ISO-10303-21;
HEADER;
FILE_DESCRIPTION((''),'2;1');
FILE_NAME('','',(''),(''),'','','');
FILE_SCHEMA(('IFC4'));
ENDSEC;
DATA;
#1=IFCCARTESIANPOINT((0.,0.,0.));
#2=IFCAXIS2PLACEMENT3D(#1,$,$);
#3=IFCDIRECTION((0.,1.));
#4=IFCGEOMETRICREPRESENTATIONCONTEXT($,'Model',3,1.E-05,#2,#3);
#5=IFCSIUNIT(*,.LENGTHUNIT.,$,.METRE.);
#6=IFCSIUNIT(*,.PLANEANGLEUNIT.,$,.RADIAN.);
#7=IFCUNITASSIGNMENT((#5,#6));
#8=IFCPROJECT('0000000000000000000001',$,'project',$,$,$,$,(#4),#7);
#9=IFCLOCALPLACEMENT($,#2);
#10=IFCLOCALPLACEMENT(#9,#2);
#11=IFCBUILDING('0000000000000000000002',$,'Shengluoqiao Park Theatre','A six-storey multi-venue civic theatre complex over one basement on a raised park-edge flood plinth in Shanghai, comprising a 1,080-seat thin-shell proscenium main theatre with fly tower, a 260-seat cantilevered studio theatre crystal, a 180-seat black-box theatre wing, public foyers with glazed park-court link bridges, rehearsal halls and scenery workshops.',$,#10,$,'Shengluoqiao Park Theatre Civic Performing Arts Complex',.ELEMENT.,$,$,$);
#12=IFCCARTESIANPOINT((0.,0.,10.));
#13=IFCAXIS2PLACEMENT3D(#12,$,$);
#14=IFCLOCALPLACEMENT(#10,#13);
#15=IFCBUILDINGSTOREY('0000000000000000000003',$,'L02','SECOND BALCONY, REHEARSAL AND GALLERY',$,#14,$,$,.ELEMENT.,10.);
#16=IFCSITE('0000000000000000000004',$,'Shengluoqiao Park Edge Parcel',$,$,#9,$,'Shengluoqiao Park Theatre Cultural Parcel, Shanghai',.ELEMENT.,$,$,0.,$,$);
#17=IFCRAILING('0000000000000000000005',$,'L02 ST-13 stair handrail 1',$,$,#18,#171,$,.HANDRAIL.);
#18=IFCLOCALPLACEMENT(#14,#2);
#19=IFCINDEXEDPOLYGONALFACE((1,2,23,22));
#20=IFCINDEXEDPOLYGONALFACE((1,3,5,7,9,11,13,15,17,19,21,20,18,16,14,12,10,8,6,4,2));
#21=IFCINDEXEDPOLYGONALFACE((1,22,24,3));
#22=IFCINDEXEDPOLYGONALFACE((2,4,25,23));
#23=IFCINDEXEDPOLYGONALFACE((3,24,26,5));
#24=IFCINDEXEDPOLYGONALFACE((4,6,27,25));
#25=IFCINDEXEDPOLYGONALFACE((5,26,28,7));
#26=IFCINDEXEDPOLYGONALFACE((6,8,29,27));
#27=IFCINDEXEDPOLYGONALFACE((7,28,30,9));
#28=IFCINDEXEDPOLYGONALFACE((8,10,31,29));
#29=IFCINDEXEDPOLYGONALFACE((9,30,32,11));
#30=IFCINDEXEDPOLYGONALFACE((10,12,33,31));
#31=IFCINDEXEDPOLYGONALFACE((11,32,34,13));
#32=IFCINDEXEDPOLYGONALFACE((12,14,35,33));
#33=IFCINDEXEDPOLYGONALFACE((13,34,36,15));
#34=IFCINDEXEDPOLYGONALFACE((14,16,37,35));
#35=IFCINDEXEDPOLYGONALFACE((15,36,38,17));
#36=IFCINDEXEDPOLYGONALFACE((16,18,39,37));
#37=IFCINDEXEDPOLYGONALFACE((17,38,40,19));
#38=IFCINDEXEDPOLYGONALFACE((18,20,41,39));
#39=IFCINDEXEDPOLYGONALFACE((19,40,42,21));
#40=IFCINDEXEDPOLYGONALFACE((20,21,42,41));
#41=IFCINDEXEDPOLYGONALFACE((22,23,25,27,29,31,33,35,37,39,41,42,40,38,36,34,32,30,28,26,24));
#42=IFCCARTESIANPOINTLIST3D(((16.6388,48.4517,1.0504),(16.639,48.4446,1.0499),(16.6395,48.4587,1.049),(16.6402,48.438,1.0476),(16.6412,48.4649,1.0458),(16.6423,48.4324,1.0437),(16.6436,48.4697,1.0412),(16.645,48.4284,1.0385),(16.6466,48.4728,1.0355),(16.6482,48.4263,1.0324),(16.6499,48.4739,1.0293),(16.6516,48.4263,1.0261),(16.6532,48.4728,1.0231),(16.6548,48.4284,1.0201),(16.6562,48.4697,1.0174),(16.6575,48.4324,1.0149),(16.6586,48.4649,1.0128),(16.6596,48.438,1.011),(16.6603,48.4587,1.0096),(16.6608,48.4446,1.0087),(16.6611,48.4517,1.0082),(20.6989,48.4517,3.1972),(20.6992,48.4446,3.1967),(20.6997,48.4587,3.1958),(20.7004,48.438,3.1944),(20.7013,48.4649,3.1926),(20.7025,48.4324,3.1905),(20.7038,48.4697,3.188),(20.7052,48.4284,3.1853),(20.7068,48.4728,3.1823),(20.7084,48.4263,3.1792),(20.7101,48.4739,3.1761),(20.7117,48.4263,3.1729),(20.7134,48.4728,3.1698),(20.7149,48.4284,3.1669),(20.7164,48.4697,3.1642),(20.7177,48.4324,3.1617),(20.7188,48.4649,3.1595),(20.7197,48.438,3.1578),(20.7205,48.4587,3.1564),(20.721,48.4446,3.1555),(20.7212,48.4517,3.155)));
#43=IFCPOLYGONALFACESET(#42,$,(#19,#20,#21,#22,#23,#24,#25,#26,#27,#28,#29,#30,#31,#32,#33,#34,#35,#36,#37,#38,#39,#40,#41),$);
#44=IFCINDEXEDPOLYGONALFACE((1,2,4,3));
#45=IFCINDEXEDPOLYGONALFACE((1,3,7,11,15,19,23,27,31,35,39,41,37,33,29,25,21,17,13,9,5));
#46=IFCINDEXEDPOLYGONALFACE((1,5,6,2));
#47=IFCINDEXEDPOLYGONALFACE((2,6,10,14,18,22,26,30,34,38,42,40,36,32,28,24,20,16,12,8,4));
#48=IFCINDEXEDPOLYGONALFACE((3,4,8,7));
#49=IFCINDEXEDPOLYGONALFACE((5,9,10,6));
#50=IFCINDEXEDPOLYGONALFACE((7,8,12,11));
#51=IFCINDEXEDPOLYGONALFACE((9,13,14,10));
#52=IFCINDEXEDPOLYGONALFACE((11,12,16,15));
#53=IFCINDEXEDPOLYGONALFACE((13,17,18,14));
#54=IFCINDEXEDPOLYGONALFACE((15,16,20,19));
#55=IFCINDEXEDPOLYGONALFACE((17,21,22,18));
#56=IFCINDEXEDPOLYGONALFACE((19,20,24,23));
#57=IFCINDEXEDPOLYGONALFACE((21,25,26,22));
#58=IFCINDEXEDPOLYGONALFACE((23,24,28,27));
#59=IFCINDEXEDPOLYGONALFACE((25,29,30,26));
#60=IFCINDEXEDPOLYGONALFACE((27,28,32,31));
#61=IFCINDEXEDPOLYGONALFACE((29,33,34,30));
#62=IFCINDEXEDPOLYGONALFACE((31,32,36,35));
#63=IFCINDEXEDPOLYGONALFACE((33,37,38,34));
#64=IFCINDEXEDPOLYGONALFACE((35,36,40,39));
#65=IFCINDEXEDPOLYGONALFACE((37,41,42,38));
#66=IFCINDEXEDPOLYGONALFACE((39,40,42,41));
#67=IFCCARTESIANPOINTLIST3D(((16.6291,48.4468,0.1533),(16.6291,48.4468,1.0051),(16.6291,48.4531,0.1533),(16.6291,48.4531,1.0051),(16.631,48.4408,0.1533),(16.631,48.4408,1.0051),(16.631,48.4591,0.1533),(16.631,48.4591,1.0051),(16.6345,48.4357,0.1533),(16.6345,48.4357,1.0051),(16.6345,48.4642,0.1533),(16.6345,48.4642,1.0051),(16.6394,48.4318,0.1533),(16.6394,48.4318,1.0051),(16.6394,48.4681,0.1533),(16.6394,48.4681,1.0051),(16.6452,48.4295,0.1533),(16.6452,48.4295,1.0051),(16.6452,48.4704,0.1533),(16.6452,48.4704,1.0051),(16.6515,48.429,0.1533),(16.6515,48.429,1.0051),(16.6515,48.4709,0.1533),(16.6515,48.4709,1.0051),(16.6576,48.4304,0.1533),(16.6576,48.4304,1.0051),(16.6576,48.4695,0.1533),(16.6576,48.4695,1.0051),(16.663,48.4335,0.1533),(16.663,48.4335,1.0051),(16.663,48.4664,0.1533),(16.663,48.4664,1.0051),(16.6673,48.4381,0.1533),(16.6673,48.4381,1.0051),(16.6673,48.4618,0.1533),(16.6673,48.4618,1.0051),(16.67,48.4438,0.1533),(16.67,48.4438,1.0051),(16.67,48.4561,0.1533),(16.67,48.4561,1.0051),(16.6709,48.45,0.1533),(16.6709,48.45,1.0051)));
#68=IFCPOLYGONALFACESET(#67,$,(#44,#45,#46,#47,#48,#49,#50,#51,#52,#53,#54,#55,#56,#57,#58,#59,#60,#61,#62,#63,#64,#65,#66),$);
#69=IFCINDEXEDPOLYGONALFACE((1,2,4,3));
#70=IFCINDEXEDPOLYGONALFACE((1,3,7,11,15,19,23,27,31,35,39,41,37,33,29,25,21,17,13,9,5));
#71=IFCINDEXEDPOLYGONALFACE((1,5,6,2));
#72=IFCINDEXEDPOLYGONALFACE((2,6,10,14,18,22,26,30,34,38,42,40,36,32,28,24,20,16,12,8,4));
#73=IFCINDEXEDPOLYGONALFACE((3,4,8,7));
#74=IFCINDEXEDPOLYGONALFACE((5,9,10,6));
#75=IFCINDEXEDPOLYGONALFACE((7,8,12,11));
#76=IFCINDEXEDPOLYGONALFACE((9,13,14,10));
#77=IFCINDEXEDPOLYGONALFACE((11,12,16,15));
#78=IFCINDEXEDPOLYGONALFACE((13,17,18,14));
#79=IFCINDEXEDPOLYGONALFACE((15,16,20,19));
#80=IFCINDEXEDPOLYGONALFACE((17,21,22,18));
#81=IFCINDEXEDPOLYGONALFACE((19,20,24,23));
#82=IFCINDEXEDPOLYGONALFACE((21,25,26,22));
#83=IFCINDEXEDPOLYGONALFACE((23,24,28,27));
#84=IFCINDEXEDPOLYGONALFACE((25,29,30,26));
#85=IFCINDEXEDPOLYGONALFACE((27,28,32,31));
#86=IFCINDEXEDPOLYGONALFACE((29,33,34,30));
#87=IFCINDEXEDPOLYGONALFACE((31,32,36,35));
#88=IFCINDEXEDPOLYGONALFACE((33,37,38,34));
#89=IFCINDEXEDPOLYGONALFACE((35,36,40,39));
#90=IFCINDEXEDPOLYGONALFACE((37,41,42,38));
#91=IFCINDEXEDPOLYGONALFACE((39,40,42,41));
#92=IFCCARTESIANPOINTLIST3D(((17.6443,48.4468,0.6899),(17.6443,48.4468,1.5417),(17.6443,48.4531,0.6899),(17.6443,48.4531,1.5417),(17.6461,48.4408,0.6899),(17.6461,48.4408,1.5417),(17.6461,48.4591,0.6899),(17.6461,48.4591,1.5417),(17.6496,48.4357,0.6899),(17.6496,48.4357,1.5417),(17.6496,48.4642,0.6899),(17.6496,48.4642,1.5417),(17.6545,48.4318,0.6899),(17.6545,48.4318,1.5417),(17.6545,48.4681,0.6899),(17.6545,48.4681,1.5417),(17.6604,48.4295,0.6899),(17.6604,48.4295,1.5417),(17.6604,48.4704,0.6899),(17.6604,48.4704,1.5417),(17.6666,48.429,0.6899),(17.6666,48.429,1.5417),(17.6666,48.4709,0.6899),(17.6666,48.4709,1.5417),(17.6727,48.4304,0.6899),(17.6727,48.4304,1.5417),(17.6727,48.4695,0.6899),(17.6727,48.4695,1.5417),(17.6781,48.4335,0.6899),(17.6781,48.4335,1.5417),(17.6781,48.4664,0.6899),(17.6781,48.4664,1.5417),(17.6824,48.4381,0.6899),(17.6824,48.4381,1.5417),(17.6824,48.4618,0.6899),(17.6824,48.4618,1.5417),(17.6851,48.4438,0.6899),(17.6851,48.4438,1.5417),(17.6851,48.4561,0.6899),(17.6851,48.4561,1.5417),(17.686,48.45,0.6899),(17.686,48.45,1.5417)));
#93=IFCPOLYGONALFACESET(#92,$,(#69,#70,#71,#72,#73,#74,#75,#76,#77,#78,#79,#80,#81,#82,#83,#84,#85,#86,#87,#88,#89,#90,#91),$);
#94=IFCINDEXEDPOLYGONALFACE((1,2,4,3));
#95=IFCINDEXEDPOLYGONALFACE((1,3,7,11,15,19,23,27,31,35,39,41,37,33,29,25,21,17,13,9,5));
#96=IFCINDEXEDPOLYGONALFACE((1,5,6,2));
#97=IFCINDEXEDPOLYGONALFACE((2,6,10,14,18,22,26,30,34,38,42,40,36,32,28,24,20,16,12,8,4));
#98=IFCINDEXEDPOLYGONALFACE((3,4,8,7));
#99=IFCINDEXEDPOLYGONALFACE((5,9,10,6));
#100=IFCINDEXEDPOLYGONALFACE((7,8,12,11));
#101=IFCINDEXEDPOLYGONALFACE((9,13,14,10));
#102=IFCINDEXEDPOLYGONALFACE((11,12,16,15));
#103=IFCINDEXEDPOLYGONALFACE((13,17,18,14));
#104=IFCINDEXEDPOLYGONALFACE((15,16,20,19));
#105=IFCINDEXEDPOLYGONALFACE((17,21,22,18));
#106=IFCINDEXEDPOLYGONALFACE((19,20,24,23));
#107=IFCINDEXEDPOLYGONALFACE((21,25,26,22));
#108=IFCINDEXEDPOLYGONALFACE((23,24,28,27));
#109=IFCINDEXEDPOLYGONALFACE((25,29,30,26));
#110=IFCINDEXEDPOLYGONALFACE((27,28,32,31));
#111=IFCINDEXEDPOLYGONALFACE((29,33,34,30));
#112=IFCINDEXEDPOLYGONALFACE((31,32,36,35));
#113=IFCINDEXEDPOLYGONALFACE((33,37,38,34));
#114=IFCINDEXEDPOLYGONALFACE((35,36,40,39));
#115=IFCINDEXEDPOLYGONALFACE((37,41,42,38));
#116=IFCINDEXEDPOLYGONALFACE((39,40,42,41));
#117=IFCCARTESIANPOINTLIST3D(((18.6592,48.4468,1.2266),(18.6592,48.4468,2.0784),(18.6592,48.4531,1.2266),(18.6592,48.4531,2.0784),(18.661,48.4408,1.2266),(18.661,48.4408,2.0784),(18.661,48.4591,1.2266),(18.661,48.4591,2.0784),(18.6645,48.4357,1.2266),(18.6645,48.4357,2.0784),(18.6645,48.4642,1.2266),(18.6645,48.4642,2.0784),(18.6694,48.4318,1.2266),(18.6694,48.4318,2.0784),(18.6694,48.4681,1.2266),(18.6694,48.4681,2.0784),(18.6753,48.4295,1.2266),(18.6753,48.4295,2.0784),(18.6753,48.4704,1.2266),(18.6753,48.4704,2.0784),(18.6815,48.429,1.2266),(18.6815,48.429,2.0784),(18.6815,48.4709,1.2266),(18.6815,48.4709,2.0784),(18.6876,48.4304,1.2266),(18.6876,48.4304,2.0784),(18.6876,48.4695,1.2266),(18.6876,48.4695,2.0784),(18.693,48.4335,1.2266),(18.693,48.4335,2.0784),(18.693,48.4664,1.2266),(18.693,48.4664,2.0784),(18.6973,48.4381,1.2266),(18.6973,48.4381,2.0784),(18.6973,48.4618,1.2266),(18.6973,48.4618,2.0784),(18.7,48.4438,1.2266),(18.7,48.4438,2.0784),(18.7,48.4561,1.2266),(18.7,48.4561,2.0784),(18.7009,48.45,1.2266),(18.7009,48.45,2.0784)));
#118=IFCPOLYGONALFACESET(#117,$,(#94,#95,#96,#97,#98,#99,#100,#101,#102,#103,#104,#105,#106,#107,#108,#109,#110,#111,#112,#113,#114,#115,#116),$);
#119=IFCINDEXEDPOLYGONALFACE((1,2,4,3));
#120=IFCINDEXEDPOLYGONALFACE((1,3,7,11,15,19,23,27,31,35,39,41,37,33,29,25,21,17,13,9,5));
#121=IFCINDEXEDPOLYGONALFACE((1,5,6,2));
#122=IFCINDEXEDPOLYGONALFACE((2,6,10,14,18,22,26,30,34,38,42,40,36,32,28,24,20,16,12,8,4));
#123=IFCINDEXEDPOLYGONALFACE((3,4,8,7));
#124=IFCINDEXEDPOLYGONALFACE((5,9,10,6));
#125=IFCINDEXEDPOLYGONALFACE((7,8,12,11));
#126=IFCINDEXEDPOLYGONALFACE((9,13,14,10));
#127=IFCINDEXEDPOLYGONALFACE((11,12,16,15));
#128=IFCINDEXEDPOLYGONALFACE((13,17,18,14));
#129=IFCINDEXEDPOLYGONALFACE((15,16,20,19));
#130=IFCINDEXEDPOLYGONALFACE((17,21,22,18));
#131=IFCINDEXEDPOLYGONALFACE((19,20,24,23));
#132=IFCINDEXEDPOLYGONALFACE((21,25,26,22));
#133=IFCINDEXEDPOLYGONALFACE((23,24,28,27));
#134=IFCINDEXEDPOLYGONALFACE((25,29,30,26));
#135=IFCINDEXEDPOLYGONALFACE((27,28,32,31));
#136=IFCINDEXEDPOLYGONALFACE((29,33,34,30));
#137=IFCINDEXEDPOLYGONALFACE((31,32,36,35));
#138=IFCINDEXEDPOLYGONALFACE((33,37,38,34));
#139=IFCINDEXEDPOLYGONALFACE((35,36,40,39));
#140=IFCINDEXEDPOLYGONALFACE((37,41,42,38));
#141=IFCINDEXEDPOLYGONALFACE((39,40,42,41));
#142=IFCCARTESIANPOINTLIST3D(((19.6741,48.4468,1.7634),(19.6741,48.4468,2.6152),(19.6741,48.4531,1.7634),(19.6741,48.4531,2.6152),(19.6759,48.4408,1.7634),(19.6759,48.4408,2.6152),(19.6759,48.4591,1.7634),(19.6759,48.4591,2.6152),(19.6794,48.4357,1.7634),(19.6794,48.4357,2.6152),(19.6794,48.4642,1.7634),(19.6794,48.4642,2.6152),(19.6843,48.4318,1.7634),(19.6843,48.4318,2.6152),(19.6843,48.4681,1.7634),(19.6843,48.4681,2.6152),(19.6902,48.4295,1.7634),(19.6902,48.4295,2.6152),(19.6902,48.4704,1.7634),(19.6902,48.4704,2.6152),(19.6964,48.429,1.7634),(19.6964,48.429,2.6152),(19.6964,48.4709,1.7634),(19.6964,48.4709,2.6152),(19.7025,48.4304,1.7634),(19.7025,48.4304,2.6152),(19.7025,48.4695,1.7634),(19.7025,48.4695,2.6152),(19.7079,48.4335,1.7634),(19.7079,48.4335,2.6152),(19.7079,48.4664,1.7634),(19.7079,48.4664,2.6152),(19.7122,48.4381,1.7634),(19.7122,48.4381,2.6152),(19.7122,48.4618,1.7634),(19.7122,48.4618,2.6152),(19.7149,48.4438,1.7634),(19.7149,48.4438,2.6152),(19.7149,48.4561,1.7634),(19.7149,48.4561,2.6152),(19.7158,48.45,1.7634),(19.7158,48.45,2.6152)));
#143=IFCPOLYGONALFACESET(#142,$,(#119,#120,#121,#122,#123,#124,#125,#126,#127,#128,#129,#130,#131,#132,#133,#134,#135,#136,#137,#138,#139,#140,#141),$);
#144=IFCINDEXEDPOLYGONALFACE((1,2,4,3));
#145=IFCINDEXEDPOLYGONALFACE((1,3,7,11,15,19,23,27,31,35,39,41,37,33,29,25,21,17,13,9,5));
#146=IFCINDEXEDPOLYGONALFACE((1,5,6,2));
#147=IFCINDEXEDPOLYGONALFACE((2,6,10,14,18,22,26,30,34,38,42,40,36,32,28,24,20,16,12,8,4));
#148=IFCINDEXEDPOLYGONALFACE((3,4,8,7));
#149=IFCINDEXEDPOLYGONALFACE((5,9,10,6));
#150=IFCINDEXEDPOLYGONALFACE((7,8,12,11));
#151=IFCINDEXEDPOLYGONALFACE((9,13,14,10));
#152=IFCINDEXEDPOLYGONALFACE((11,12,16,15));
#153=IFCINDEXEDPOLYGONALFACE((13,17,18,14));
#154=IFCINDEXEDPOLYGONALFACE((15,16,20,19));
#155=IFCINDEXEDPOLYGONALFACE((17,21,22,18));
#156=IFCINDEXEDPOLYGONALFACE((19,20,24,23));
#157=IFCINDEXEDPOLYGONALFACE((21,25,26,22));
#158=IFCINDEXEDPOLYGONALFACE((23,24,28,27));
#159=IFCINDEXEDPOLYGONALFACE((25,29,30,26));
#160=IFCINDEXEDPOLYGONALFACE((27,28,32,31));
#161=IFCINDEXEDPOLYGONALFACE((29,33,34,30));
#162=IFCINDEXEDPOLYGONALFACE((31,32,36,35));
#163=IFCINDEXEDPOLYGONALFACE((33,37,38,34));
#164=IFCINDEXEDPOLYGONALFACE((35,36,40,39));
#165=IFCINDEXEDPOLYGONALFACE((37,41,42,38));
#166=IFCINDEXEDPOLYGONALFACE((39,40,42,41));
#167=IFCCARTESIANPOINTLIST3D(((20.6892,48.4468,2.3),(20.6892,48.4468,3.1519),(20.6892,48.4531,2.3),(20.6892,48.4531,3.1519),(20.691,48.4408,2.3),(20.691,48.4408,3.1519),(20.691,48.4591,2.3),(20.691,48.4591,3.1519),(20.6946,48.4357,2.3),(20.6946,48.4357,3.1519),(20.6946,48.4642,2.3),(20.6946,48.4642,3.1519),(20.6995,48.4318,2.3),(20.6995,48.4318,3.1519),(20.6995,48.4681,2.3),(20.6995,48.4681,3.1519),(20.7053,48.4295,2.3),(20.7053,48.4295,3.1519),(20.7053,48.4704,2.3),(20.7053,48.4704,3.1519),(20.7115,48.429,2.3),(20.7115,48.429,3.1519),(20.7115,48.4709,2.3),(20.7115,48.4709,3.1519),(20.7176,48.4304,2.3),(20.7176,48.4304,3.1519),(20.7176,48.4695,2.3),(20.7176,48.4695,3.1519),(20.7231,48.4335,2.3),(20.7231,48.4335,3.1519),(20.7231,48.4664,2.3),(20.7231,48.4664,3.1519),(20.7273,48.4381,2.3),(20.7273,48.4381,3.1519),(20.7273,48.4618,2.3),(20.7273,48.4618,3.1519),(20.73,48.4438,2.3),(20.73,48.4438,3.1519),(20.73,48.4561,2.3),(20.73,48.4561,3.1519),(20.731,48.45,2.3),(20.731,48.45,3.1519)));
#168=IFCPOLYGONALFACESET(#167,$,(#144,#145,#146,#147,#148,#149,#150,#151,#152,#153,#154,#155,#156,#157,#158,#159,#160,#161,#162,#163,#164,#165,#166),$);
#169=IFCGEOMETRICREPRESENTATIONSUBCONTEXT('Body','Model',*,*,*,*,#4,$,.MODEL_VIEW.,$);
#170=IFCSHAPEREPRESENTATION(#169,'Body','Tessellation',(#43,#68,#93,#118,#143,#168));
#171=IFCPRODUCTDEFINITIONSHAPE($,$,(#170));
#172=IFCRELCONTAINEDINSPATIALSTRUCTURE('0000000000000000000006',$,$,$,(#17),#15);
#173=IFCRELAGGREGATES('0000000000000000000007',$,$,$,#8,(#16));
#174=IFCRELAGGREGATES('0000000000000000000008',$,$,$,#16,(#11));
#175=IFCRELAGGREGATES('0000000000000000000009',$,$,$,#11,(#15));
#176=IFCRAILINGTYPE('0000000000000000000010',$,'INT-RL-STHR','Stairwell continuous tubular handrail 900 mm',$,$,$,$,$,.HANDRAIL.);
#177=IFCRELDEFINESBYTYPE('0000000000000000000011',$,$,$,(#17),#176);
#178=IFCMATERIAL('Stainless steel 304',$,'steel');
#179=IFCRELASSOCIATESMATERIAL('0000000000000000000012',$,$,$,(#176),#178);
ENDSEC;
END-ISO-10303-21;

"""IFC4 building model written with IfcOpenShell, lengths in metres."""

from ifc_helpers import new_model, si_unit, direction, frame, origin, origin_2d, place, context, subcontext, project, spatial, circle, extrude, material, type_object, element, save


model = new_model("IFC4")

# Units and contexts
model_context = context("Model", 3, precision=1e-05, world=origin(), true_north=direction((0.0, 1.0)))
body_context = subcontext(model_context, "Body", "Model", "MODEL_VIEW")
ifc_project = project(units=[si_unit("LENGTHUNIT", "METRE"), si_unit("PLANEANGLEUNIT", "RADIAN")], contexts=[model_context])

# Site, building, storey
site_placement = place(None, origin())
site = spatial("IfcSite", under=ifc_project, at=site_placement, Name="Shengluoqiao Park Edge Parcel", LongName="Shengluoqiao Park Theatre Cultural Parcel, Shanghai", CompositionType="ELEMENT", RefElevation=0.0)
building_placement = place(site_placement, origin())
building = spatial("IfcBuilding", under=site, at=building_placement, Name="Shengluoqiao Park Theatre", Description="A six-storey multi-venue civic theatre complex over one basement on a raised park-edge flood plinth in Shanghai, comprising a 1,080-seat thin-shell proscenium main theatre with fly tower, a 260-seat cantilevered studio theatre crystal, a 180-seat black-box theatre wing, public foyers with glazed park-court link bridges, rehearsal halls and scenery workshops.", LongName="Shengluoqiao Park Theatre Civic Performing Arts Complex", CompositionType="ELEMENT")
storey_placement = place(building_placement, frame((0.0, 0.0, 10.0)))
storey = spatial("IfcBuildingStorey", under=building, at=storey_placement, Name="L02", Description="SECOND BALCONY, REHEARSAL AND GALLERY", CompositionType="ELEMENT", Elevation=10.0)

# Railing
ifc_material_1 = material(Name="Stainless steel 304", Category="steel")
railing_type_1 = type_object("IfcRailingType", Name="INT-RL-STHR", Description="Stairwell continuous tubular handrail 900 mm", PredefinedType="HANDRAIL", material=ifc_material_1)
railing_1_placement = place(storey_placement, frame((16.6499, 48.45, 0.1533)))
element("IfcRailing", 1, at=railing_1_placement, inside=storey, type_object=railing_type_1, Name="L02 ST-13 stair handrail 1", PredefinedType="HANDRAIL", context=body_context, shape_type="SweptSolid", body=[
    extrude(circle(Radius=0.0239, at=origin_2d()), frame((0.0, 0.0, 0.876), z_axis=(0.884032, 0.0, 0.467426), x_axis=(0.0, 1.0, 0.0)), (0.0, 0.0, 1.0), 4.5928),
    extrude(circle(Radius=0.021, at=origin_2d()), origin(), (0.0, 0.0, 1.0), 0.8518),
    extrude(circle(Radius=0.021, at=origin_2d()), frame((1.0151, 0.0, 0.5366)), (0.0, 0.0, 1.0), 0.8518),
    extrude(circle(Radius=0.021, at=origin_2d()), frame((2.03, 0.0, 1.0732)), (0.0, 0.0, 1.0), 0.8518),
    extrude(circle(Radius=0.021, at=origin_2d()), frame((3.0449, 0.0, 1.6101)), (0.0, 0.0, 1.0), 0.8518),
    extrude(circle(Radius=0.021, at=origin_2d()), frame((4.0601, 0.0, 2.1467)), (0.0, 0.0, 1.0), 0.8518),
])

save(model, "model.ifc")
